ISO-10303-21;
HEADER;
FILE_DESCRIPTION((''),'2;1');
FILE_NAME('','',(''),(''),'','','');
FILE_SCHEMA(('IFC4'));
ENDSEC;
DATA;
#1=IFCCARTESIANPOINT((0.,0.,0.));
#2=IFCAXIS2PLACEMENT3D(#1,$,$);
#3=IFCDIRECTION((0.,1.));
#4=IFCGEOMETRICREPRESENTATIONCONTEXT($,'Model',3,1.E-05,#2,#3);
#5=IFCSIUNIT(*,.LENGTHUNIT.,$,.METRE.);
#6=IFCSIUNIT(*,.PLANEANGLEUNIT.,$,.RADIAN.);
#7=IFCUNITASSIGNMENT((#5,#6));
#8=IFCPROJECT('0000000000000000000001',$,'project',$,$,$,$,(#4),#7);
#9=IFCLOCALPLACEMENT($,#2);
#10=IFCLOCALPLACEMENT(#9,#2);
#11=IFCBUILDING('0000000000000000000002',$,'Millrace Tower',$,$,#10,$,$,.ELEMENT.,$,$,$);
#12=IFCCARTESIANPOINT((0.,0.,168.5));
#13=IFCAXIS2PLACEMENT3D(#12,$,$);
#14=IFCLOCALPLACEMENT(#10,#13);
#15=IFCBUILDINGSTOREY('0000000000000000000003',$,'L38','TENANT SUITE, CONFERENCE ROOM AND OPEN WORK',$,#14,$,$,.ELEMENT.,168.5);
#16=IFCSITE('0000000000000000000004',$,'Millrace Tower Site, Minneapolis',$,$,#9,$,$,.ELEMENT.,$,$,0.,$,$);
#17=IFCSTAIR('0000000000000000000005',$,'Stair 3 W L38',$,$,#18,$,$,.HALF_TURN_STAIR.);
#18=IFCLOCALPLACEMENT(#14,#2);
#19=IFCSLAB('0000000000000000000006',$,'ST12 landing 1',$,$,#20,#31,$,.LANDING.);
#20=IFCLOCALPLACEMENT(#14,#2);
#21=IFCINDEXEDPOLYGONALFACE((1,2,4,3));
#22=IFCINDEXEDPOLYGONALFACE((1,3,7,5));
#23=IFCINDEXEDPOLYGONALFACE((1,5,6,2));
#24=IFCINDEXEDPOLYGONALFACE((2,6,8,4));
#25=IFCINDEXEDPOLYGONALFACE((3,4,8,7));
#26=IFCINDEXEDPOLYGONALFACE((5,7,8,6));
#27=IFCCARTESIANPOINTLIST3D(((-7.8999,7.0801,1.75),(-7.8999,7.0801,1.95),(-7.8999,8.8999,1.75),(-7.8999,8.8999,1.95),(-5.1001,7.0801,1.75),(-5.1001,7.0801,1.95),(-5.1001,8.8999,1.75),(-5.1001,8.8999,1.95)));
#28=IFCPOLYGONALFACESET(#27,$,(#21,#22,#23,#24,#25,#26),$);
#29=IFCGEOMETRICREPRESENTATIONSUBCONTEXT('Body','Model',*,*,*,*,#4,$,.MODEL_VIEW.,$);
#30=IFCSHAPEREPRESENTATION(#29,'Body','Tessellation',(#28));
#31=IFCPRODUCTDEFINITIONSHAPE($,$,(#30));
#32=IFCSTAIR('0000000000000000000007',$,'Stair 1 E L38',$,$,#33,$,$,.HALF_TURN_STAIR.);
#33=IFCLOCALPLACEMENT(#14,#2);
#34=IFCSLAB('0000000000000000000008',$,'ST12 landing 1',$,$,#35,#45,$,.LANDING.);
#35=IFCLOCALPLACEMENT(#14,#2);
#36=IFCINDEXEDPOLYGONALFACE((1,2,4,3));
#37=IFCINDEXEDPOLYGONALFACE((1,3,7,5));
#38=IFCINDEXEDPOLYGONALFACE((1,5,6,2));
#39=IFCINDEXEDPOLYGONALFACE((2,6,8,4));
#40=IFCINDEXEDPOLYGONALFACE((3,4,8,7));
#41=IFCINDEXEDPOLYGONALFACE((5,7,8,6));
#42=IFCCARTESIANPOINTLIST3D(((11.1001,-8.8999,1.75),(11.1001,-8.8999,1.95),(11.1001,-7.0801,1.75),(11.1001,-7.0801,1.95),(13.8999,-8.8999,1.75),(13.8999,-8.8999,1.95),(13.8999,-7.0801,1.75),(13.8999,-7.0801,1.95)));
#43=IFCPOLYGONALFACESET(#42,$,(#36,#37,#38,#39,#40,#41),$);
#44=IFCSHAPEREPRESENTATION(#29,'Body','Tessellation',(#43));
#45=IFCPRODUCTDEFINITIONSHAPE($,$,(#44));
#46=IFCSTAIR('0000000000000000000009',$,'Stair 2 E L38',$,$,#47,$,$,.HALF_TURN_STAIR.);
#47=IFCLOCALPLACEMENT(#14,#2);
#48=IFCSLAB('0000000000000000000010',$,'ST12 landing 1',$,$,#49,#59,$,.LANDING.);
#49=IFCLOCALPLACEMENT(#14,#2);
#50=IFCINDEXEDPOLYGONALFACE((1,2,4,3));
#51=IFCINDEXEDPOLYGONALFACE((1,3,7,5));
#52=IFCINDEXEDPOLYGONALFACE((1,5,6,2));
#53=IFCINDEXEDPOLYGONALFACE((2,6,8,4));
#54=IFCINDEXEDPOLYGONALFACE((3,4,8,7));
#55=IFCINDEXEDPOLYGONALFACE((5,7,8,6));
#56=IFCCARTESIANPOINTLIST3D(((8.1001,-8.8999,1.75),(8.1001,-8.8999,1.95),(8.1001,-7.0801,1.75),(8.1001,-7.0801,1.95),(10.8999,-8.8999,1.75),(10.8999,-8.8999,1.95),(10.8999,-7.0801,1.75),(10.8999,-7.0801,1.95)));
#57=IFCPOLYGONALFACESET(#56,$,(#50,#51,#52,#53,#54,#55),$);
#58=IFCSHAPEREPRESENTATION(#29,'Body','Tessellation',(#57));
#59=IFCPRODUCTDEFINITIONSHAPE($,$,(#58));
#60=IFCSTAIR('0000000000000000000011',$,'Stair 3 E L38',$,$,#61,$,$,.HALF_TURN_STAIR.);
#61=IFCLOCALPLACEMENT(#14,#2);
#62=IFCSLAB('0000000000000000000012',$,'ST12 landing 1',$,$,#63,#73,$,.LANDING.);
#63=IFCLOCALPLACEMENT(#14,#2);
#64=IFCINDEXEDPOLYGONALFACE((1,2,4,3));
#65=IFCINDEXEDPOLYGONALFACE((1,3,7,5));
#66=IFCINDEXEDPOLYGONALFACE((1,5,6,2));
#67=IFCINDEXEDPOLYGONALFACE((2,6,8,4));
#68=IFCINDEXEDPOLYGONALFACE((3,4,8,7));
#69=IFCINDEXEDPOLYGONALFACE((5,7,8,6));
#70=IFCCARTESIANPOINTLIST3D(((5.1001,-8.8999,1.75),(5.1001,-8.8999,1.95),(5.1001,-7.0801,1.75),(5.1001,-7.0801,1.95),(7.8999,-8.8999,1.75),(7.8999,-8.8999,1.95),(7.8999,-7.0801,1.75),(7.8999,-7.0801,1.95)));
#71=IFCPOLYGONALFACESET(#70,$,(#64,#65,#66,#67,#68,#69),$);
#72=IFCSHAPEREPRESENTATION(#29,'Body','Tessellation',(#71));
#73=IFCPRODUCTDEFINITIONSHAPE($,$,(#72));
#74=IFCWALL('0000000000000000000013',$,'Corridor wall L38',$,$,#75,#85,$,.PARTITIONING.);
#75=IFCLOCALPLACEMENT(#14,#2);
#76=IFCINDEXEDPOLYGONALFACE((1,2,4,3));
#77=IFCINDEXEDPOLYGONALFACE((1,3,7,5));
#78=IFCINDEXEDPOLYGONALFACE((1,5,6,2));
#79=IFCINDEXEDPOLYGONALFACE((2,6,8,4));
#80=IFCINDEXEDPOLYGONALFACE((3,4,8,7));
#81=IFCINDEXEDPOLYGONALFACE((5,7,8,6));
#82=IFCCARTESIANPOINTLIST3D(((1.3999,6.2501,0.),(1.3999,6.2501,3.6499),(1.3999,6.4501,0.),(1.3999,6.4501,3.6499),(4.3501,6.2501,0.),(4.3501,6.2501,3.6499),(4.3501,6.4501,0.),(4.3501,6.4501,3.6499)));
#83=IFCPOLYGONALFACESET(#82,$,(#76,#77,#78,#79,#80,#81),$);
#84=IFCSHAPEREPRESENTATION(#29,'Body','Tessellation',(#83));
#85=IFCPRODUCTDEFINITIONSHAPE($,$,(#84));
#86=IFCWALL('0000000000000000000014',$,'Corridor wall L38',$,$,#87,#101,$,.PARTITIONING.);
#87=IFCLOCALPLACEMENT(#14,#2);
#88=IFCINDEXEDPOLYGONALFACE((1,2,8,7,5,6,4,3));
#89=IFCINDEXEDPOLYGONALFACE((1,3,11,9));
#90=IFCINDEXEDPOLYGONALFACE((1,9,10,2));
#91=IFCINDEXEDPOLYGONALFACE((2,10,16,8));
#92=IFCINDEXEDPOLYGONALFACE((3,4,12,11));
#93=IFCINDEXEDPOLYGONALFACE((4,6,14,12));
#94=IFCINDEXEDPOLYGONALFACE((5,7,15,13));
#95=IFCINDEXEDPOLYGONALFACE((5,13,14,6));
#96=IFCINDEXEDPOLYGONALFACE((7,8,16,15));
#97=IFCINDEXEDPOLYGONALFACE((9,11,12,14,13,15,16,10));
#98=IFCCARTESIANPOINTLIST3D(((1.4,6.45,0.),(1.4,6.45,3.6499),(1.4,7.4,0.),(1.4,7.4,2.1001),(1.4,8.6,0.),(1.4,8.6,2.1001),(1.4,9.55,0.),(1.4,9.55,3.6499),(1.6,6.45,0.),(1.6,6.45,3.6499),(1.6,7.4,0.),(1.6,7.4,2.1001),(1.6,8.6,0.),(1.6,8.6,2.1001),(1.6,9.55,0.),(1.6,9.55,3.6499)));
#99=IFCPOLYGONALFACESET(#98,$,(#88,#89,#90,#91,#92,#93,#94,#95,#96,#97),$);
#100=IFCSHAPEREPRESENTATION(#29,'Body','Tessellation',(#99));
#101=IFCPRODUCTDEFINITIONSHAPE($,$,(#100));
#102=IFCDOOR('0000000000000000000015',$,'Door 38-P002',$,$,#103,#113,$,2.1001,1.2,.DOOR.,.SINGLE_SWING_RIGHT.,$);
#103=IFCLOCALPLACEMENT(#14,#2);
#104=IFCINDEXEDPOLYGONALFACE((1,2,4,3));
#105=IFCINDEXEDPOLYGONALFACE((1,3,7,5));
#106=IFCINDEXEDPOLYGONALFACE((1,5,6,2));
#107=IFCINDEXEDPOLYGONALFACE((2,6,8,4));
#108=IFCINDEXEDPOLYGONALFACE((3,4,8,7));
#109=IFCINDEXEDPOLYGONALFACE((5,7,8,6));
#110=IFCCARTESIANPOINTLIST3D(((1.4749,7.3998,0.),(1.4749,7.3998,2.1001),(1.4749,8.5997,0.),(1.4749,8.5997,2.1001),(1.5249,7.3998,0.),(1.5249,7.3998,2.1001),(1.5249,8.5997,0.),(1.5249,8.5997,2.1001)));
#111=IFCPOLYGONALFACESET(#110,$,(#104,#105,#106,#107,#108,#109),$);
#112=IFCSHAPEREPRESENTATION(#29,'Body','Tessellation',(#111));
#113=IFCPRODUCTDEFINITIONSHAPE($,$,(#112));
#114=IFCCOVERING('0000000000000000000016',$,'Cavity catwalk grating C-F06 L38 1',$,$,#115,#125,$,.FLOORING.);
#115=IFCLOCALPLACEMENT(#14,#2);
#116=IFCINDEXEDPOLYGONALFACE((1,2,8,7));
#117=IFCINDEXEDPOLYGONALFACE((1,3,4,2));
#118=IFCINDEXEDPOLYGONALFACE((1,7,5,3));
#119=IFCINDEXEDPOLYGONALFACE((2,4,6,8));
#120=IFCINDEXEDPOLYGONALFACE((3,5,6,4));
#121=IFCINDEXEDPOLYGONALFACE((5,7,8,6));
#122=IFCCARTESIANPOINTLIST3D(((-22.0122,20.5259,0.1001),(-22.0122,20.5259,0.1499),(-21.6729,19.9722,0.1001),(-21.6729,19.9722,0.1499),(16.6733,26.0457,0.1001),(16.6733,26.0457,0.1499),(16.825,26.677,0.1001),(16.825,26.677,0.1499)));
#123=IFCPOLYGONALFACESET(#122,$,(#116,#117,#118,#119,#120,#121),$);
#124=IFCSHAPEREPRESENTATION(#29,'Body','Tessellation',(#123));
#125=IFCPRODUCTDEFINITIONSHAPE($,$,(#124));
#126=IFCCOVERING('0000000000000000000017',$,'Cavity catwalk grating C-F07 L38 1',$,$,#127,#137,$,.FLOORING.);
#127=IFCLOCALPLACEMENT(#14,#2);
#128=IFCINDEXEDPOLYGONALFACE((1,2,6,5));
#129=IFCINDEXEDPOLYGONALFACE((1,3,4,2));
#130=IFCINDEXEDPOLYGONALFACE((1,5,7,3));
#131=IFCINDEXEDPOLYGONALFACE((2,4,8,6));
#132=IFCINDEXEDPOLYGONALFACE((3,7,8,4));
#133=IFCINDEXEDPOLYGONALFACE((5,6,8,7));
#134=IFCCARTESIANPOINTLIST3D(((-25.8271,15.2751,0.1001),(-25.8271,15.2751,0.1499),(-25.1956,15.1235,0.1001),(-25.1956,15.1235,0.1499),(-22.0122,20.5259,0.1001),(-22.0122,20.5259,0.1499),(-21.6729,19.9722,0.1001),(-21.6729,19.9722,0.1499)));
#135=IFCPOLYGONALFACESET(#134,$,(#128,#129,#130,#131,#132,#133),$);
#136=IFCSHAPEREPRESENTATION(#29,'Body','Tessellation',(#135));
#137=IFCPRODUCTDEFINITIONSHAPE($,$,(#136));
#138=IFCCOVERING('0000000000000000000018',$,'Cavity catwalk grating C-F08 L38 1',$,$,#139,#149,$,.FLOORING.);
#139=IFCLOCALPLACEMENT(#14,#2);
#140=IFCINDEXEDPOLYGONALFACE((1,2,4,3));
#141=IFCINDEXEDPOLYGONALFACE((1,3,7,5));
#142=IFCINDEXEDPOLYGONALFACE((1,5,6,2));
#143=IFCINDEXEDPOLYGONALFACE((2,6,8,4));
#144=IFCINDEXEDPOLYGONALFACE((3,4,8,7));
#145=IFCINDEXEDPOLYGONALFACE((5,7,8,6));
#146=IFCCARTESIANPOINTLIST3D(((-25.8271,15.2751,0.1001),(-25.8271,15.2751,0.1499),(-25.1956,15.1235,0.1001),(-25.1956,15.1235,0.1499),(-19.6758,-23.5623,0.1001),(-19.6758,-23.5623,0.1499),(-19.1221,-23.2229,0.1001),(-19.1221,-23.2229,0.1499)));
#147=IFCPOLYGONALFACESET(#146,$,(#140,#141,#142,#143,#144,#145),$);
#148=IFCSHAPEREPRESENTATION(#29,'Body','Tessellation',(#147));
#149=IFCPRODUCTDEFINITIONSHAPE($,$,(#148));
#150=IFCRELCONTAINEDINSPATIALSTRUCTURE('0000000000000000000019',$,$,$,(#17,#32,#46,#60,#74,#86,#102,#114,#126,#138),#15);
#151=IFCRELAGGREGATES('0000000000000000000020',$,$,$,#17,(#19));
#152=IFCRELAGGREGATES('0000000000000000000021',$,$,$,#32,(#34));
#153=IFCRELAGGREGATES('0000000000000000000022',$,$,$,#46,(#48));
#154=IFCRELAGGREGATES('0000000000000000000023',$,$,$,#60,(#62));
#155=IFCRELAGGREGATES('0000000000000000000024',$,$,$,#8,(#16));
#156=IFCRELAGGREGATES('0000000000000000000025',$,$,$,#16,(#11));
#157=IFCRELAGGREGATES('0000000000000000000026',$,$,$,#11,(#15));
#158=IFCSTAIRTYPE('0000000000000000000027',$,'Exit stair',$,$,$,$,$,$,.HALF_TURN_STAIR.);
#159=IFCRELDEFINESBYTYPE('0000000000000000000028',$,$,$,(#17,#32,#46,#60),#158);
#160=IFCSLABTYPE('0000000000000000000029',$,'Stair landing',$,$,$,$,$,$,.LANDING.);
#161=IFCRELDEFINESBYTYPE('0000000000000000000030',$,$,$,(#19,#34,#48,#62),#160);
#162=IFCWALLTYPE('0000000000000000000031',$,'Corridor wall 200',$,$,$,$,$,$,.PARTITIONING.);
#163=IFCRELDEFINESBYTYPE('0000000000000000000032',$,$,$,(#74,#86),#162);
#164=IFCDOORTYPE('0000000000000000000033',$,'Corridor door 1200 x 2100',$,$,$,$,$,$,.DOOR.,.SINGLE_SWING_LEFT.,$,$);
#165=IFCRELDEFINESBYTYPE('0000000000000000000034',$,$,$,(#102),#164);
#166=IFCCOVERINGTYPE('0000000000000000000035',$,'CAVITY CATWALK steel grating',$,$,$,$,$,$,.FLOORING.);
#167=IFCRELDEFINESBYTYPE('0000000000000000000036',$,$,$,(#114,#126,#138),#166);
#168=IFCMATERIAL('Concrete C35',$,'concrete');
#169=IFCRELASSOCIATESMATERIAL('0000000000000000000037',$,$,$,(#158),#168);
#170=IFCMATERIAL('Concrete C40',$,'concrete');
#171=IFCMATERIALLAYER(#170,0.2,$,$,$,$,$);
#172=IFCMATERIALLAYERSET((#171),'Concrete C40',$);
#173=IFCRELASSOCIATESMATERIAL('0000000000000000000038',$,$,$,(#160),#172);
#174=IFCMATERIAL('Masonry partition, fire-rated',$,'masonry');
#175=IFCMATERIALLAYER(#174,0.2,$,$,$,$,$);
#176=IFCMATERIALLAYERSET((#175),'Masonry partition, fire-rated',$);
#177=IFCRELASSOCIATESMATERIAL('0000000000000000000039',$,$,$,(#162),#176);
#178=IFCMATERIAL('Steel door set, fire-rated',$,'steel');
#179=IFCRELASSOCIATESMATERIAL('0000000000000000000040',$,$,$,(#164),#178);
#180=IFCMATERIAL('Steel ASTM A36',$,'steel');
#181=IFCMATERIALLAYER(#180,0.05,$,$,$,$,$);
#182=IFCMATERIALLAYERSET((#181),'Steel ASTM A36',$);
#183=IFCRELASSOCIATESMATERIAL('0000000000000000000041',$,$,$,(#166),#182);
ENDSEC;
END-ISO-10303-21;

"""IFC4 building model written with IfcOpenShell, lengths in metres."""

from ifc_helpers import new_model, si_unit, direction, frame, frame_2d, origin, place, context, subcontext, project, spatial, polyline, rectangle, outline, extrude, material, layer, layer_set, type_object, element, fill, aggregate, save


model = new_model("IFC4")

# Units and contexts
model_context = context("Model", 3, precision=1e-05, world=origin(), true_north=direction((0.0, 1.0)))
body_context = subcontext(model_context, "Body", "Model", "MODEL_VIEW")
ifc_project = project(units=[si_unit("LENGTHUNIT", "METRE"), si_unit("PLANEANGLEUNIT", "RADIAN")], contexts=[model_context])

# Site, building, storey
site_placement = place(None, origin())
site = spatial("IfcSite", under=ifc_project, at=site_placement, Name="Millrace Tower Site, Minneapolis", CompositionType="ELEMENT", RefElevation=0.0)
building_placement = place(site_placement, origin())
building = spatial("IfcBuilding", under=site, at=building_placement, Name="Millrace Tower", CompositionType="ELEMENT")
storey_placement = place(building_placement, frame((0.0, 0.0, 168.5)))
storey = spatial("IfcBuildingStorey", under=building, at=storey_placement, Name="L38", Description="TENANT SUITE, CONFERENCE ROOM AND OPEN WORK", CompositionType="ELEMENT", Elevation=168.5)

# Shared definitions
placement_1 = place(storey_placement, origin())

# Stairs, slabs
ifc_material_1 = material(Name="Concrete C35", Category="concrete")
stair_type = type_object("IfcStairType", Name="Exit stair", PredefinedType="HALF_TURN_STAIR", material=ifc_material_1)
ifc_material_2 = material(Name="Concrete C40", Category="concrete")
ifc_layer_1 = layer(ifc_material_2, 0.2)
ifc_layer_set_1 = layer_set([ifc_layer_1], Name="Concrete C40")
slab_type = type_object("IfcSlabType", Name="Stair landing", PredefinedType="LANDING", material=ifc_layer_set_1)
placement_2 = place(storey_placement, frame((0.0, 0.0, 1.75)))
stair_1 = element("IfcStair", 1, at=placement_1, inside=storey, type_object=stair_type, Name="Stair 3 W L38", PredefinedType="HALF_TURN_STAIR")
slab_1 = element("IfcSlab", 2, at=placement_2, type_object=slab_type, Name="ST12 landing 1", PredefinedType="LANDING", context=body_context, shape_type="SweptSolid", body=[
    extrude(outline(polyline([(-7.8999, 7.0801), (-5.1001, 7.0801), (-5.1001, 8.8999), (-7.8999, 8.8999), (-7.8999, 7.0801)])), origin(), (0.0, 0.0, 1.0), 0.2),
])
aggregate(stair_1, [slab_1])
stair_2 = element("IfcStair", 3, at=placement_1, inside=storey, type_object=stair_type, Name="Stair 1 E L38", PredefinedType="HALF_TURN_STAIR")
slab_2 = element("IfcSlab", 4, at=placement_2, type_object=slab_type, Name="ST12 landing 1", PredefinedType="LANDING", context=body_context, shape_type="SweptSolid", body=[
    extrude(outline(polyline([(11.1001, -8.8999), (13.8999, -8.8999), (13.8999, -7.0801), (11.1001, -7.0801), (11.1001, -8.8999)])), origin(), (0.0, 0.0, 1.0), 0.2),
])
aggregate(stair_2, [slab_2])
stair_3 = element("IfcStair", 5, at=placement_1, inside=storey, type_object=stair_type, Name="Stair 2 E L38", PredefinedType="HALF_TURN_STAIR")
slab_3 = element("IfcSlab", 6, at=placement_2, type_object=slab_type, Name="ST12 landing 1", PredefinedType="LANDING", context=body_context, shape_type="SweptSolid", body=[
    extrude(outline(polyline([(8.1001, -8.8999), (10.8999, -8.8999), (10.8999, -7.0801), (8.1001, -7.0801), (8.1001, -8.8999)])), origin(), (0.0, 0.0, 1.0), 0.2),
])
aggregate(stair_3, [slab_3])
stair_4 = element("IfcStair", 7, at=placement_1, inside=storey, type_object=stair_type, Name="Stair 3 E L38", PredefinedType="HALF_TURN_STAIR")
slab_4 = element("IfcSlab", 8, at=placement_2, type_object=slab_type, Name="ST12 landing 1", PredefinedType="LANDING", context=body_context, shape_type="SweptSolid", body=[
    extrude(outline(polyline([(5.1001, -8.8999), (7.8999, -8.8999), (7.8999, -7.0801), (5.1001, -7.0801), (5.1001, -8.8999)])), origin(), (0.0, 0.0, 1.0), 0.2),
])
aggregate(stair_4, [slab_4])

# Wall
ifc_material_3 = material(Name="Masonry partition, fire-rated", Category="masonry")
ifc_layer_2 = layer(ifc_material_3, 0.2)
ifc_layer_set_2 = layer_set([ifc_layer_2], Name="Masonry partition, fire-rated")
wall_type = type_object("IfcWallType", Name="Corridor wall 200", PredefinedType="PARTITIONING", material=ifc_layer_set_2)
wall_1_placement = place(storey_placement, frame((1.3999, 6.3501, 0.0), z_axis=(0.0, 0.0, 1.0), x_axis=(1.0, 0.0, 0.0)))
element("IfcWall", 9, at=wall_1_placement, inside=storey, type_object=wall_type, Name="Corridor wall L38", PredefinedType="PARTITIONING", context=body_context, shape_type="SweptSolid", body=[
    extrude(rectangle(XDim=2.9502, YDim=0.2, at=frame_2d((1.4751, 0.0))), origin(), (0.0, 0.0, 1.0), 3.6499),
])

# Wall, opening, door
wall_2_placement = place(storey_placement, frame((1.5, 6.45, 0.0), z_axis=(0.0, 0.0, 1.0), x_axis=(0.0, 1.0, 0.0)))
wall_2 = element("IfcWall", 10, at=wall_2_placement, inside=storey, type_object=wall_type, Name="Corridor wall L38", PredefinedType="PARTITIONING", context=body_context, shape_type="SweptSolid", body=[
    extrude(rectangle(XDim=3.1001, YDim=0.2, at=frame_2d((1.55, 0.0))), origin(), (0.0, 0.0, 1.0), 3.6499),
])
opening_placement = place(wall_2_placement, frame((0.95, 0.0, 0.0)))
opening = element("IfcOpeningElement", 11, at=opening_placement, cuts=wall_2, PredefinedType="OPENING", context=body_context, shape_type="SweptSolid", body=[
    extrude(rectangle(XDim=1.2, YDim=2.1001, at=frame_2d((0.6001, 1.05))), frame((0.0, 0.1099, 0.0), z_axis=(0.0, -1.0, 0.0), x_axis=(1.0, 0.0, 0.0)), (0.0, 0.0, 1.0), 0.22),
])
ifc_material_4 = material(Name="Steel door set, fire-rated", Category="steel")
door_type = type_object("IfcDoorType", Name="Corridor door 1200 x 2100", OperationType="SINGLE_SWING_LEFT", PredefinedType="DOOR", material=ifc_material_4)
door_placement = place(opening_placement, frame((1.2, 0.0, 0.0), z_axis=(0.0, 0.0, 1.0), x_axis=(-1.0, 0.0, 0.0)))
door = element("IfcDoor", 12, at=door_placement, inside=storey, type_object=door_type, Name="Door 38-P002", OperationType="SINGLE_SWING_RIGHT", OverallHeight=2.1001, OverallWidth=1.2, PredefinedType="DOOR", context=body_context, shape_type="SweptSolid", body=[
    extrude(rectangle(XDim=1.2, YDim=2.1001, at=frame_2d((0.6001, 1.05))), frame((0.0, 0.0249, 0.0), z_axis=(0.0, -1.0, 0.0), x_axis=(1.0, 0.0, 0.0)), (0.0, 0.0, 1.0), 0.05),
])
fill(opening, door)

# Coverings
ifc_material_5 = material(Name="Steel ASTM A36", Category="steel")
ifc_layer_3 = layer(ifc_material_5, 0.05)
ifc_layer_set_3 = layer_set([ifc_layer_3], Name="Steel ASTM A36")
covering_type = type_object("IfcCoveringType", Name="CAVITY CATWALK steel grating", PredefinedType="FLOORING", material=ifc_layer_set_3)
placement_3 = place(storey_placement, frame((0.0, 0.0, 0.1001)))
element("IfcCovering", 13, at=placement_3, inside=storey, type_object=covering_type, Name="Cavity catwalk grating C-F06 L38 1", PredefinedType="FLOORING", context=body_context, shape_type="SweptSolid", body=[
    extrude(outline(polyline([(16.825, 26.677), (-22.0122, 20.5259), (-21.6729, 19.9722), (16.6733, 26.0457), (16.825, 26.677)])), origin(), (0.0, 0.0, 1.0), 0.0498),
])
element("IfcCovering", 14, at=placement_3, inside=storey, type_object=covering_type, Name="Cavity catwalk grating C-F07 L38 1", PredefinedType="FLOORING", context=body_context, shape_type="SweptSolid", body=[
    extrude(outline(polyline([(-22.0122, 20.5259), (-25.8271, 15.2751), (-25.1956, 15.1235), (-21.6729, 19.9722), (-22.0122, 20.5259)])), origin(), (0.0, 0.0, 1.0), 0.0498),
])
element("IfcCovering", 15, at=placement_3, inside=storey, type_object=covering_type, Name="Cavity catwalk grating C-F08 L38 1", PredefinedType="FLOORING", context=body_context, shape_type="SweptSolid", body=[
    extrude(outline(polyline([(-25.8271, 15.2751), (-19.6758, -23.5623), (-19.1221, -23.2229), (-25.1956, 15.1235), (-25.8271, 15.2751)])), origin(), (0.0, 0.0, 1.0), 0.0498),
])

save(model, "model.ifc")
